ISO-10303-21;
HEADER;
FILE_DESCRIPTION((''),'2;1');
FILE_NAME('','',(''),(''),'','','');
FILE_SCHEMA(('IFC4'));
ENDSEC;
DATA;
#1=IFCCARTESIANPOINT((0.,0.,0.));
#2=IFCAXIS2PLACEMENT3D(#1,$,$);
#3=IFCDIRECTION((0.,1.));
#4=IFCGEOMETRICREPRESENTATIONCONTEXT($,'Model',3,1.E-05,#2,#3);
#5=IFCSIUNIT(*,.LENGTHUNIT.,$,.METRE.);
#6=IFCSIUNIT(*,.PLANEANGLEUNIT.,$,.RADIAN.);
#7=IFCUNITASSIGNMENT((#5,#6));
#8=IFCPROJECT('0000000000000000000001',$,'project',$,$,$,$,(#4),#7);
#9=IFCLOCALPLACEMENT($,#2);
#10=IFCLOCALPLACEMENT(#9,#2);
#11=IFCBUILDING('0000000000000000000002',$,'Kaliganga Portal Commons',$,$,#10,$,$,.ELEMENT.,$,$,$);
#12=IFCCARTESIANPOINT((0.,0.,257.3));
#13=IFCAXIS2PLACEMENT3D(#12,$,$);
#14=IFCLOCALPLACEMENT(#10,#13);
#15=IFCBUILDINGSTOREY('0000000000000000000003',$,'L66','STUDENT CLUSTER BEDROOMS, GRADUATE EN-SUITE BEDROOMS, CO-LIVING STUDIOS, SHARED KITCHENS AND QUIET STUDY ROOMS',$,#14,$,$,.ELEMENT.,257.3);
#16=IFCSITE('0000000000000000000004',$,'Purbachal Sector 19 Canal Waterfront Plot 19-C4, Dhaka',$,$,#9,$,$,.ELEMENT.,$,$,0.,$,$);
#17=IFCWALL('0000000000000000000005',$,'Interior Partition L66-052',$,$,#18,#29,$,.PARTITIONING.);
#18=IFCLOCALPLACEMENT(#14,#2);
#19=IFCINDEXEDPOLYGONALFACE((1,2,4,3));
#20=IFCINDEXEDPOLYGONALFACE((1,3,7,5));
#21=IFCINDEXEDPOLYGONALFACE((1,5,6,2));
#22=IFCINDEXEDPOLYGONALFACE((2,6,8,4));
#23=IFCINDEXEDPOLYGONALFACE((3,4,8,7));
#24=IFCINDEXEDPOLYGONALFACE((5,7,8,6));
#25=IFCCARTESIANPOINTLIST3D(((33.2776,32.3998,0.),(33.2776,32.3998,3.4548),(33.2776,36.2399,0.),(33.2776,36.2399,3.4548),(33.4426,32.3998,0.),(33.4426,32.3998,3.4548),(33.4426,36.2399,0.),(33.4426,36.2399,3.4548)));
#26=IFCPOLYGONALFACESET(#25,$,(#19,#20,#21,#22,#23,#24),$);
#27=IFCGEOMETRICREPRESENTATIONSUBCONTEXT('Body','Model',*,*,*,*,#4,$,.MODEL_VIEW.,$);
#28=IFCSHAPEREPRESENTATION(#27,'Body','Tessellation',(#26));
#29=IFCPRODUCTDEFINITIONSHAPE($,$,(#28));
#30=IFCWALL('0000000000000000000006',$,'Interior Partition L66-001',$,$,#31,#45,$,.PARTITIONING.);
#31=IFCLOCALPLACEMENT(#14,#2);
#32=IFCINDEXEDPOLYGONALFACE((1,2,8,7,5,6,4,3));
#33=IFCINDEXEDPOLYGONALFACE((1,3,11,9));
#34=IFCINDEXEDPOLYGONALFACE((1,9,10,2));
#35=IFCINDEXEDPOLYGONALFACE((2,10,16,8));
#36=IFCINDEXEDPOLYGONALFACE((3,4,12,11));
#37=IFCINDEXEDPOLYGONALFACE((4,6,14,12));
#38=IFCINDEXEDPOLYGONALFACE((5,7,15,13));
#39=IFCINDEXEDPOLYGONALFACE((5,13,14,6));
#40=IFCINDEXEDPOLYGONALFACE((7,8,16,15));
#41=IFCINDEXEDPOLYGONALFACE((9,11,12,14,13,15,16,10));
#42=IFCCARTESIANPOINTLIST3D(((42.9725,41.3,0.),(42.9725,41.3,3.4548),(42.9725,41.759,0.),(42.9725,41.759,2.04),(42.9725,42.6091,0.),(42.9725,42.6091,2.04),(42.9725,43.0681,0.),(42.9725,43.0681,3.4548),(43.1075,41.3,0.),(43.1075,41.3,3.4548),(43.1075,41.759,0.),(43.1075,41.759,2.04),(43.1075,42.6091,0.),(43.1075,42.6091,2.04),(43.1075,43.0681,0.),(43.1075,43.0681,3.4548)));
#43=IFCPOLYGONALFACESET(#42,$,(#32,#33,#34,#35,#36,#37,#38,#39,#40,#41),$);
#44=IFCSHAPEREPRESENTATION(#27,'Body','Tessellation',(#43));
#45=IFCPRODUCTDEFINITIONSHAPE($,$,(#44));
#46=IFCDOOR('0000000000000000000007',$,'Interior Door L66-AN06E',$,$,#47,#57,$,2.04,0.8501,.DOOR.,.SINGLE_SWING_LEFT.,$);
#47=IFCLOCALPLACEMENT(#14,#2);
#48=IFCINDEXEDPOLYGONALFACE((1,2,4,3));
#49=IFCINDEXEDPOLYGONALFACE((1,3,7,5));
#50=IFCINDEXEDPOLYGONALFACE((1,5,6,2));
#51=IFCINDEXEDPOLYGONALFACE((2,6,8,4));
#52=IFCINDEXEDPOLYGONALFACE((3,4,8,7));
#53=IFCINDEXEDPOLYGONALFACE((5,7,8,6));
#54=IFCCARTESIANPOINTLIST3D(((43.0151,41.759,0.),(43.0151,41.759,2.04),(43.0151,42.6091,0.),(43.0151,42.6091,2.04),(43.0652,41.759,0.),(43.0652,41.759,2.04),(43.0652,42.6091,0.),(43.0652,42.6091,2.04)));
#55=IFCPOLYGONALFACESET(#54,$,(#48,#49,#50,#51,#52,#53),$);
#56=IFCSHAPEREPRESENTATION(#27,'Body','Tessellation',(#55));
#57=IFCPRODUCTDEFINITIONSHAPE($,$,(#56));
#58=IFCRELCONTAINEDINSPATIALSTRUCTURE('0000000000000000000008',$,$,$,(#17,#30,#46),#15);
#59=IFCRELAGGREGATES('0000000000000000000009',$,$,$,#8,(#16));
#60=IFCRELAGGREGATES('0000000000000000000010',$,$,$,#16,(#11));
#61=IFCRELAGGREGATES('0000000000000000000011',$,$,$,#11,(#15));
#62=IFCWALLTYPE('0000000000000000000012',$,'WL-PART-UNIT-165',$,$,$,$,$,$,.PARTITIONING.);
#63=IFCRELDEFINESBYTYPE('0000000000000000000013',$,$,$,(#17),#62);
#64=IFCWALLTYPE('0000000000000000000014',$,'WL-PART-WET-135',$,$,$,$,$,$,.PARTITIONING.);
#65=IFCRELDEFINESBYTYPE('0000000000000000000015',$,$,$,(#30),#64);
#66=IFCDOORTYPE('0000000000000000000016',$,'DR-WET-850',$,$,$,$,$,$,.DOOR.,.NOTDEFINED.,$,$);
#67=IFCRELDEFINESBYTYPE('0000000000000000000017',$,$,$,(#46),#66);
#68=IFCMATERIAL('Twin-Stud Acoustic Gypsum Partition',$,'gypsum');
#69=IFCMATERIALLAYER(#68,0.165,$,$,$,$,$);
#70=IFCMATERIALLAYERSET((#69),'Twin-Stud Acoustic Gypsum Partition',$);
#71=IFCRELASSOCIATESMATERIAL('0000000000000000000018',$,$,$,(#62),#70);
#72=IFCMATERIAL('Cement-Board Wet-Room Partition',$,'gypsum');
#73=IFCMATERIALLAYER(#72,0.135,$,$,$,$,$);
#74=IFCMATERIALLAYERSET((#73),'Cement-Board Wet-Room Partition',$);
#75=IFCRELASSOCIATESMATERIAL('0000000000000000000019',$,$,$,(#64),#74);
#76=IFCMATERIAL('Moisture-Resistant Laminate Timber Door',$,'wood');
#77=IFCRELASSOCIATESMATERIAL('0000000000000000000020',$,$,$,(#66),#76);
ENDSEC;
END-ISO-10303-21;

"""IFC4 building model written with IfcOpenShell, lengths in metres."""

from ifc_helpers import new_model, si_unit, direction, frame, frame_2d, origin, place, context, subcontext, project, spatial, rectangle, extrude, material, layer, layer_set, type_object, element, fill, save


model = new_model("IFC4")

# Units and contexts
model_context = context("Model", 3, precision=1e-05, world=origin(), true_north=direction((0.0, 1.0)))
body_context = subcontext(model_context, "Body", "Model", "MODEL_VIEW")
ifc_project = project(units=[si_unit("LENGTHUNIT", "METRE"), si_unit("PLANEANGLEUNIT", "RADIAN")], contexts=[model_context])

# Site, building, storey
site_placement = place(None, origin())
site = spatial("IfcSite", under=ifc_project, at=site_placement, Name="Purbachal Sector 19 Canal Waterfront Plot 19-C4, Dhaka", CompositionType="ELEMENT", RefElevation=0.0)
building_placement = place(site_placement, origin())
building = spatial("IfcBuilding", under=site, at=building_placement, Name="Kaliganga Portal Commons", CompositionType="ELEMENT")
storey_placement = place(building_placement, frame((0.0, 0.0, 257.3)))
storey = spatial("IfcBuildingStorey", under=building, at=storey_placement, Name="L66", Description="STUDENT CLUSTER BEDROOMS, GRADUATE EN-SUITE BEDROOMS, CO-LIVING STUDIOS, SHARED KITCHENS AND QUIET STUDY ROOMS", CompositionType="ELEMENT", Elevation=257.3)

# Wall
ifc_material_1 = material(Name="Twin-Stud Acoustic Gypsum Partition", Category="gypsum")
ifc_layer_1 = layer(ifc_material_1, 0.165)
ifc_layer_set_1 = layer_set([ifc_layer_1], Name="Twin-Stud Acoustic Gypsum Partition")
wall_type_1 = type_object("IfcWallType", Name="WL-PART-UNIT-165", PredefinedType="PARTITIONING", material=ifc_layer_set_1)
wall_1_placement = place(storey_placement, frame((33.3601, 32.3999, 0.0), z_axis=(0.0, 0.0, 1.0), x_axis=(0.0, 1.0, 0.0)))
element("IfcWall", 1, at=wall_1_placement, inside=storey, type_object=wall_type_1, Name="Interior Partition L66-052", PredefinedType="PARTITIONING", context=body_context, shape_type="SweptSolid", body=[
    extrude(rectangle(XDim=3.8401, YDim=0.165, at=frame_2d((1.9199, 0.0))), origin(), (0.0, 0.0, 1.0), 3.4548),
])

# Wall, opening, door
ifc_material_2 = material(Name="Cement-Board Wet-Room Partition", Category="gypsum")
ifc_layer_2 = layer(ifc_material_2, 0.135)
ifc_layer_set_2 = layer_set([ifc_layer_2], Name="Cement-Board Wet-Room Partition")
wall_type_2 = type_object("IfcWallType", Name="WL-PART-WET-135", PredefinedType="PARTITIONING", material=ifc_layer_set_2)
wall_2_placement = place(storey_placement, frame((43.04, 41.3, 0.0), z_axis=(0.0, 0.0, 1.0), x_axis=(0.0, 1.0, 0.0)))
wall_2 = element("IfcWall", 2, at=wall_2_placement, inside=storey, type_object=wall_type_2, Name="Interior Partition L66-001", PredefinedType="PARTITIONING", context=body_context, shape_type="SweptSolid", body=[
    extrude(rectangle(XDim=1.7681, YDim=0.135, at=frame_2d((0.884, 0.0))), origin(), (0.0, 0.0, 1.0), 3.4548),
])
opening_1_placement = place(wall_2_placement, frame((0.459, 0.0, 0.0)))
opening_1 = element("IfcOpeningElement", 3, at=opening_1_placement, cuts=wall_2, PredefinedType="OPENING", context=body_context, shape_type="SweptSolid", body=[
    extrude(rectangle(XDim=0.8501, YDim=2.04, at=frame_2d((0.425, 1.02))), frame((0.0, 0.0776, 0.0), z_axis=(0.0, -1.0, 0.0), x_axis=(1.0, 0.0, 0.0)), (0.0, 0.0, 1.0), 0.155),
])
ifc_material_3 = material(Name="Moisture-Resistant Laminate Timber Door", Category="wood")
door_type_1 = type_object("IfcDoorType", Name="DR-WET-850", OperationType="NOTDEFINED", PredefinedType="DOOR", material=ifc_material_3)
door_1_placement = place(opening_1_placement, origin())
door_1 = element("IfcDoor", 4, at=door_1_placement, inside=storey, type_object=door_type_1, Name="Interior Door L66-AN06E", OperationType="SINGLE_SWING_LEFT", OverallHeight=2.04, OverallWidth=0.8501, PredefinedType="DOOR", context=body_context, shape_type="SweptSolid", body=[
    extrude(rectangle(XDim=0.8501, YDim=2.04, at=frame_2d((0.425, 1.02))), frame((0.0, 0.0249, 0.0), z_axis=(0.0, -1.0, 0.0), x_axis=(1.0, 0.0, 0.0)), (0.0, 0.0, 1.0), 0.05),
])
fill(opening_1, door_1)

save(model, "model.ifc")
